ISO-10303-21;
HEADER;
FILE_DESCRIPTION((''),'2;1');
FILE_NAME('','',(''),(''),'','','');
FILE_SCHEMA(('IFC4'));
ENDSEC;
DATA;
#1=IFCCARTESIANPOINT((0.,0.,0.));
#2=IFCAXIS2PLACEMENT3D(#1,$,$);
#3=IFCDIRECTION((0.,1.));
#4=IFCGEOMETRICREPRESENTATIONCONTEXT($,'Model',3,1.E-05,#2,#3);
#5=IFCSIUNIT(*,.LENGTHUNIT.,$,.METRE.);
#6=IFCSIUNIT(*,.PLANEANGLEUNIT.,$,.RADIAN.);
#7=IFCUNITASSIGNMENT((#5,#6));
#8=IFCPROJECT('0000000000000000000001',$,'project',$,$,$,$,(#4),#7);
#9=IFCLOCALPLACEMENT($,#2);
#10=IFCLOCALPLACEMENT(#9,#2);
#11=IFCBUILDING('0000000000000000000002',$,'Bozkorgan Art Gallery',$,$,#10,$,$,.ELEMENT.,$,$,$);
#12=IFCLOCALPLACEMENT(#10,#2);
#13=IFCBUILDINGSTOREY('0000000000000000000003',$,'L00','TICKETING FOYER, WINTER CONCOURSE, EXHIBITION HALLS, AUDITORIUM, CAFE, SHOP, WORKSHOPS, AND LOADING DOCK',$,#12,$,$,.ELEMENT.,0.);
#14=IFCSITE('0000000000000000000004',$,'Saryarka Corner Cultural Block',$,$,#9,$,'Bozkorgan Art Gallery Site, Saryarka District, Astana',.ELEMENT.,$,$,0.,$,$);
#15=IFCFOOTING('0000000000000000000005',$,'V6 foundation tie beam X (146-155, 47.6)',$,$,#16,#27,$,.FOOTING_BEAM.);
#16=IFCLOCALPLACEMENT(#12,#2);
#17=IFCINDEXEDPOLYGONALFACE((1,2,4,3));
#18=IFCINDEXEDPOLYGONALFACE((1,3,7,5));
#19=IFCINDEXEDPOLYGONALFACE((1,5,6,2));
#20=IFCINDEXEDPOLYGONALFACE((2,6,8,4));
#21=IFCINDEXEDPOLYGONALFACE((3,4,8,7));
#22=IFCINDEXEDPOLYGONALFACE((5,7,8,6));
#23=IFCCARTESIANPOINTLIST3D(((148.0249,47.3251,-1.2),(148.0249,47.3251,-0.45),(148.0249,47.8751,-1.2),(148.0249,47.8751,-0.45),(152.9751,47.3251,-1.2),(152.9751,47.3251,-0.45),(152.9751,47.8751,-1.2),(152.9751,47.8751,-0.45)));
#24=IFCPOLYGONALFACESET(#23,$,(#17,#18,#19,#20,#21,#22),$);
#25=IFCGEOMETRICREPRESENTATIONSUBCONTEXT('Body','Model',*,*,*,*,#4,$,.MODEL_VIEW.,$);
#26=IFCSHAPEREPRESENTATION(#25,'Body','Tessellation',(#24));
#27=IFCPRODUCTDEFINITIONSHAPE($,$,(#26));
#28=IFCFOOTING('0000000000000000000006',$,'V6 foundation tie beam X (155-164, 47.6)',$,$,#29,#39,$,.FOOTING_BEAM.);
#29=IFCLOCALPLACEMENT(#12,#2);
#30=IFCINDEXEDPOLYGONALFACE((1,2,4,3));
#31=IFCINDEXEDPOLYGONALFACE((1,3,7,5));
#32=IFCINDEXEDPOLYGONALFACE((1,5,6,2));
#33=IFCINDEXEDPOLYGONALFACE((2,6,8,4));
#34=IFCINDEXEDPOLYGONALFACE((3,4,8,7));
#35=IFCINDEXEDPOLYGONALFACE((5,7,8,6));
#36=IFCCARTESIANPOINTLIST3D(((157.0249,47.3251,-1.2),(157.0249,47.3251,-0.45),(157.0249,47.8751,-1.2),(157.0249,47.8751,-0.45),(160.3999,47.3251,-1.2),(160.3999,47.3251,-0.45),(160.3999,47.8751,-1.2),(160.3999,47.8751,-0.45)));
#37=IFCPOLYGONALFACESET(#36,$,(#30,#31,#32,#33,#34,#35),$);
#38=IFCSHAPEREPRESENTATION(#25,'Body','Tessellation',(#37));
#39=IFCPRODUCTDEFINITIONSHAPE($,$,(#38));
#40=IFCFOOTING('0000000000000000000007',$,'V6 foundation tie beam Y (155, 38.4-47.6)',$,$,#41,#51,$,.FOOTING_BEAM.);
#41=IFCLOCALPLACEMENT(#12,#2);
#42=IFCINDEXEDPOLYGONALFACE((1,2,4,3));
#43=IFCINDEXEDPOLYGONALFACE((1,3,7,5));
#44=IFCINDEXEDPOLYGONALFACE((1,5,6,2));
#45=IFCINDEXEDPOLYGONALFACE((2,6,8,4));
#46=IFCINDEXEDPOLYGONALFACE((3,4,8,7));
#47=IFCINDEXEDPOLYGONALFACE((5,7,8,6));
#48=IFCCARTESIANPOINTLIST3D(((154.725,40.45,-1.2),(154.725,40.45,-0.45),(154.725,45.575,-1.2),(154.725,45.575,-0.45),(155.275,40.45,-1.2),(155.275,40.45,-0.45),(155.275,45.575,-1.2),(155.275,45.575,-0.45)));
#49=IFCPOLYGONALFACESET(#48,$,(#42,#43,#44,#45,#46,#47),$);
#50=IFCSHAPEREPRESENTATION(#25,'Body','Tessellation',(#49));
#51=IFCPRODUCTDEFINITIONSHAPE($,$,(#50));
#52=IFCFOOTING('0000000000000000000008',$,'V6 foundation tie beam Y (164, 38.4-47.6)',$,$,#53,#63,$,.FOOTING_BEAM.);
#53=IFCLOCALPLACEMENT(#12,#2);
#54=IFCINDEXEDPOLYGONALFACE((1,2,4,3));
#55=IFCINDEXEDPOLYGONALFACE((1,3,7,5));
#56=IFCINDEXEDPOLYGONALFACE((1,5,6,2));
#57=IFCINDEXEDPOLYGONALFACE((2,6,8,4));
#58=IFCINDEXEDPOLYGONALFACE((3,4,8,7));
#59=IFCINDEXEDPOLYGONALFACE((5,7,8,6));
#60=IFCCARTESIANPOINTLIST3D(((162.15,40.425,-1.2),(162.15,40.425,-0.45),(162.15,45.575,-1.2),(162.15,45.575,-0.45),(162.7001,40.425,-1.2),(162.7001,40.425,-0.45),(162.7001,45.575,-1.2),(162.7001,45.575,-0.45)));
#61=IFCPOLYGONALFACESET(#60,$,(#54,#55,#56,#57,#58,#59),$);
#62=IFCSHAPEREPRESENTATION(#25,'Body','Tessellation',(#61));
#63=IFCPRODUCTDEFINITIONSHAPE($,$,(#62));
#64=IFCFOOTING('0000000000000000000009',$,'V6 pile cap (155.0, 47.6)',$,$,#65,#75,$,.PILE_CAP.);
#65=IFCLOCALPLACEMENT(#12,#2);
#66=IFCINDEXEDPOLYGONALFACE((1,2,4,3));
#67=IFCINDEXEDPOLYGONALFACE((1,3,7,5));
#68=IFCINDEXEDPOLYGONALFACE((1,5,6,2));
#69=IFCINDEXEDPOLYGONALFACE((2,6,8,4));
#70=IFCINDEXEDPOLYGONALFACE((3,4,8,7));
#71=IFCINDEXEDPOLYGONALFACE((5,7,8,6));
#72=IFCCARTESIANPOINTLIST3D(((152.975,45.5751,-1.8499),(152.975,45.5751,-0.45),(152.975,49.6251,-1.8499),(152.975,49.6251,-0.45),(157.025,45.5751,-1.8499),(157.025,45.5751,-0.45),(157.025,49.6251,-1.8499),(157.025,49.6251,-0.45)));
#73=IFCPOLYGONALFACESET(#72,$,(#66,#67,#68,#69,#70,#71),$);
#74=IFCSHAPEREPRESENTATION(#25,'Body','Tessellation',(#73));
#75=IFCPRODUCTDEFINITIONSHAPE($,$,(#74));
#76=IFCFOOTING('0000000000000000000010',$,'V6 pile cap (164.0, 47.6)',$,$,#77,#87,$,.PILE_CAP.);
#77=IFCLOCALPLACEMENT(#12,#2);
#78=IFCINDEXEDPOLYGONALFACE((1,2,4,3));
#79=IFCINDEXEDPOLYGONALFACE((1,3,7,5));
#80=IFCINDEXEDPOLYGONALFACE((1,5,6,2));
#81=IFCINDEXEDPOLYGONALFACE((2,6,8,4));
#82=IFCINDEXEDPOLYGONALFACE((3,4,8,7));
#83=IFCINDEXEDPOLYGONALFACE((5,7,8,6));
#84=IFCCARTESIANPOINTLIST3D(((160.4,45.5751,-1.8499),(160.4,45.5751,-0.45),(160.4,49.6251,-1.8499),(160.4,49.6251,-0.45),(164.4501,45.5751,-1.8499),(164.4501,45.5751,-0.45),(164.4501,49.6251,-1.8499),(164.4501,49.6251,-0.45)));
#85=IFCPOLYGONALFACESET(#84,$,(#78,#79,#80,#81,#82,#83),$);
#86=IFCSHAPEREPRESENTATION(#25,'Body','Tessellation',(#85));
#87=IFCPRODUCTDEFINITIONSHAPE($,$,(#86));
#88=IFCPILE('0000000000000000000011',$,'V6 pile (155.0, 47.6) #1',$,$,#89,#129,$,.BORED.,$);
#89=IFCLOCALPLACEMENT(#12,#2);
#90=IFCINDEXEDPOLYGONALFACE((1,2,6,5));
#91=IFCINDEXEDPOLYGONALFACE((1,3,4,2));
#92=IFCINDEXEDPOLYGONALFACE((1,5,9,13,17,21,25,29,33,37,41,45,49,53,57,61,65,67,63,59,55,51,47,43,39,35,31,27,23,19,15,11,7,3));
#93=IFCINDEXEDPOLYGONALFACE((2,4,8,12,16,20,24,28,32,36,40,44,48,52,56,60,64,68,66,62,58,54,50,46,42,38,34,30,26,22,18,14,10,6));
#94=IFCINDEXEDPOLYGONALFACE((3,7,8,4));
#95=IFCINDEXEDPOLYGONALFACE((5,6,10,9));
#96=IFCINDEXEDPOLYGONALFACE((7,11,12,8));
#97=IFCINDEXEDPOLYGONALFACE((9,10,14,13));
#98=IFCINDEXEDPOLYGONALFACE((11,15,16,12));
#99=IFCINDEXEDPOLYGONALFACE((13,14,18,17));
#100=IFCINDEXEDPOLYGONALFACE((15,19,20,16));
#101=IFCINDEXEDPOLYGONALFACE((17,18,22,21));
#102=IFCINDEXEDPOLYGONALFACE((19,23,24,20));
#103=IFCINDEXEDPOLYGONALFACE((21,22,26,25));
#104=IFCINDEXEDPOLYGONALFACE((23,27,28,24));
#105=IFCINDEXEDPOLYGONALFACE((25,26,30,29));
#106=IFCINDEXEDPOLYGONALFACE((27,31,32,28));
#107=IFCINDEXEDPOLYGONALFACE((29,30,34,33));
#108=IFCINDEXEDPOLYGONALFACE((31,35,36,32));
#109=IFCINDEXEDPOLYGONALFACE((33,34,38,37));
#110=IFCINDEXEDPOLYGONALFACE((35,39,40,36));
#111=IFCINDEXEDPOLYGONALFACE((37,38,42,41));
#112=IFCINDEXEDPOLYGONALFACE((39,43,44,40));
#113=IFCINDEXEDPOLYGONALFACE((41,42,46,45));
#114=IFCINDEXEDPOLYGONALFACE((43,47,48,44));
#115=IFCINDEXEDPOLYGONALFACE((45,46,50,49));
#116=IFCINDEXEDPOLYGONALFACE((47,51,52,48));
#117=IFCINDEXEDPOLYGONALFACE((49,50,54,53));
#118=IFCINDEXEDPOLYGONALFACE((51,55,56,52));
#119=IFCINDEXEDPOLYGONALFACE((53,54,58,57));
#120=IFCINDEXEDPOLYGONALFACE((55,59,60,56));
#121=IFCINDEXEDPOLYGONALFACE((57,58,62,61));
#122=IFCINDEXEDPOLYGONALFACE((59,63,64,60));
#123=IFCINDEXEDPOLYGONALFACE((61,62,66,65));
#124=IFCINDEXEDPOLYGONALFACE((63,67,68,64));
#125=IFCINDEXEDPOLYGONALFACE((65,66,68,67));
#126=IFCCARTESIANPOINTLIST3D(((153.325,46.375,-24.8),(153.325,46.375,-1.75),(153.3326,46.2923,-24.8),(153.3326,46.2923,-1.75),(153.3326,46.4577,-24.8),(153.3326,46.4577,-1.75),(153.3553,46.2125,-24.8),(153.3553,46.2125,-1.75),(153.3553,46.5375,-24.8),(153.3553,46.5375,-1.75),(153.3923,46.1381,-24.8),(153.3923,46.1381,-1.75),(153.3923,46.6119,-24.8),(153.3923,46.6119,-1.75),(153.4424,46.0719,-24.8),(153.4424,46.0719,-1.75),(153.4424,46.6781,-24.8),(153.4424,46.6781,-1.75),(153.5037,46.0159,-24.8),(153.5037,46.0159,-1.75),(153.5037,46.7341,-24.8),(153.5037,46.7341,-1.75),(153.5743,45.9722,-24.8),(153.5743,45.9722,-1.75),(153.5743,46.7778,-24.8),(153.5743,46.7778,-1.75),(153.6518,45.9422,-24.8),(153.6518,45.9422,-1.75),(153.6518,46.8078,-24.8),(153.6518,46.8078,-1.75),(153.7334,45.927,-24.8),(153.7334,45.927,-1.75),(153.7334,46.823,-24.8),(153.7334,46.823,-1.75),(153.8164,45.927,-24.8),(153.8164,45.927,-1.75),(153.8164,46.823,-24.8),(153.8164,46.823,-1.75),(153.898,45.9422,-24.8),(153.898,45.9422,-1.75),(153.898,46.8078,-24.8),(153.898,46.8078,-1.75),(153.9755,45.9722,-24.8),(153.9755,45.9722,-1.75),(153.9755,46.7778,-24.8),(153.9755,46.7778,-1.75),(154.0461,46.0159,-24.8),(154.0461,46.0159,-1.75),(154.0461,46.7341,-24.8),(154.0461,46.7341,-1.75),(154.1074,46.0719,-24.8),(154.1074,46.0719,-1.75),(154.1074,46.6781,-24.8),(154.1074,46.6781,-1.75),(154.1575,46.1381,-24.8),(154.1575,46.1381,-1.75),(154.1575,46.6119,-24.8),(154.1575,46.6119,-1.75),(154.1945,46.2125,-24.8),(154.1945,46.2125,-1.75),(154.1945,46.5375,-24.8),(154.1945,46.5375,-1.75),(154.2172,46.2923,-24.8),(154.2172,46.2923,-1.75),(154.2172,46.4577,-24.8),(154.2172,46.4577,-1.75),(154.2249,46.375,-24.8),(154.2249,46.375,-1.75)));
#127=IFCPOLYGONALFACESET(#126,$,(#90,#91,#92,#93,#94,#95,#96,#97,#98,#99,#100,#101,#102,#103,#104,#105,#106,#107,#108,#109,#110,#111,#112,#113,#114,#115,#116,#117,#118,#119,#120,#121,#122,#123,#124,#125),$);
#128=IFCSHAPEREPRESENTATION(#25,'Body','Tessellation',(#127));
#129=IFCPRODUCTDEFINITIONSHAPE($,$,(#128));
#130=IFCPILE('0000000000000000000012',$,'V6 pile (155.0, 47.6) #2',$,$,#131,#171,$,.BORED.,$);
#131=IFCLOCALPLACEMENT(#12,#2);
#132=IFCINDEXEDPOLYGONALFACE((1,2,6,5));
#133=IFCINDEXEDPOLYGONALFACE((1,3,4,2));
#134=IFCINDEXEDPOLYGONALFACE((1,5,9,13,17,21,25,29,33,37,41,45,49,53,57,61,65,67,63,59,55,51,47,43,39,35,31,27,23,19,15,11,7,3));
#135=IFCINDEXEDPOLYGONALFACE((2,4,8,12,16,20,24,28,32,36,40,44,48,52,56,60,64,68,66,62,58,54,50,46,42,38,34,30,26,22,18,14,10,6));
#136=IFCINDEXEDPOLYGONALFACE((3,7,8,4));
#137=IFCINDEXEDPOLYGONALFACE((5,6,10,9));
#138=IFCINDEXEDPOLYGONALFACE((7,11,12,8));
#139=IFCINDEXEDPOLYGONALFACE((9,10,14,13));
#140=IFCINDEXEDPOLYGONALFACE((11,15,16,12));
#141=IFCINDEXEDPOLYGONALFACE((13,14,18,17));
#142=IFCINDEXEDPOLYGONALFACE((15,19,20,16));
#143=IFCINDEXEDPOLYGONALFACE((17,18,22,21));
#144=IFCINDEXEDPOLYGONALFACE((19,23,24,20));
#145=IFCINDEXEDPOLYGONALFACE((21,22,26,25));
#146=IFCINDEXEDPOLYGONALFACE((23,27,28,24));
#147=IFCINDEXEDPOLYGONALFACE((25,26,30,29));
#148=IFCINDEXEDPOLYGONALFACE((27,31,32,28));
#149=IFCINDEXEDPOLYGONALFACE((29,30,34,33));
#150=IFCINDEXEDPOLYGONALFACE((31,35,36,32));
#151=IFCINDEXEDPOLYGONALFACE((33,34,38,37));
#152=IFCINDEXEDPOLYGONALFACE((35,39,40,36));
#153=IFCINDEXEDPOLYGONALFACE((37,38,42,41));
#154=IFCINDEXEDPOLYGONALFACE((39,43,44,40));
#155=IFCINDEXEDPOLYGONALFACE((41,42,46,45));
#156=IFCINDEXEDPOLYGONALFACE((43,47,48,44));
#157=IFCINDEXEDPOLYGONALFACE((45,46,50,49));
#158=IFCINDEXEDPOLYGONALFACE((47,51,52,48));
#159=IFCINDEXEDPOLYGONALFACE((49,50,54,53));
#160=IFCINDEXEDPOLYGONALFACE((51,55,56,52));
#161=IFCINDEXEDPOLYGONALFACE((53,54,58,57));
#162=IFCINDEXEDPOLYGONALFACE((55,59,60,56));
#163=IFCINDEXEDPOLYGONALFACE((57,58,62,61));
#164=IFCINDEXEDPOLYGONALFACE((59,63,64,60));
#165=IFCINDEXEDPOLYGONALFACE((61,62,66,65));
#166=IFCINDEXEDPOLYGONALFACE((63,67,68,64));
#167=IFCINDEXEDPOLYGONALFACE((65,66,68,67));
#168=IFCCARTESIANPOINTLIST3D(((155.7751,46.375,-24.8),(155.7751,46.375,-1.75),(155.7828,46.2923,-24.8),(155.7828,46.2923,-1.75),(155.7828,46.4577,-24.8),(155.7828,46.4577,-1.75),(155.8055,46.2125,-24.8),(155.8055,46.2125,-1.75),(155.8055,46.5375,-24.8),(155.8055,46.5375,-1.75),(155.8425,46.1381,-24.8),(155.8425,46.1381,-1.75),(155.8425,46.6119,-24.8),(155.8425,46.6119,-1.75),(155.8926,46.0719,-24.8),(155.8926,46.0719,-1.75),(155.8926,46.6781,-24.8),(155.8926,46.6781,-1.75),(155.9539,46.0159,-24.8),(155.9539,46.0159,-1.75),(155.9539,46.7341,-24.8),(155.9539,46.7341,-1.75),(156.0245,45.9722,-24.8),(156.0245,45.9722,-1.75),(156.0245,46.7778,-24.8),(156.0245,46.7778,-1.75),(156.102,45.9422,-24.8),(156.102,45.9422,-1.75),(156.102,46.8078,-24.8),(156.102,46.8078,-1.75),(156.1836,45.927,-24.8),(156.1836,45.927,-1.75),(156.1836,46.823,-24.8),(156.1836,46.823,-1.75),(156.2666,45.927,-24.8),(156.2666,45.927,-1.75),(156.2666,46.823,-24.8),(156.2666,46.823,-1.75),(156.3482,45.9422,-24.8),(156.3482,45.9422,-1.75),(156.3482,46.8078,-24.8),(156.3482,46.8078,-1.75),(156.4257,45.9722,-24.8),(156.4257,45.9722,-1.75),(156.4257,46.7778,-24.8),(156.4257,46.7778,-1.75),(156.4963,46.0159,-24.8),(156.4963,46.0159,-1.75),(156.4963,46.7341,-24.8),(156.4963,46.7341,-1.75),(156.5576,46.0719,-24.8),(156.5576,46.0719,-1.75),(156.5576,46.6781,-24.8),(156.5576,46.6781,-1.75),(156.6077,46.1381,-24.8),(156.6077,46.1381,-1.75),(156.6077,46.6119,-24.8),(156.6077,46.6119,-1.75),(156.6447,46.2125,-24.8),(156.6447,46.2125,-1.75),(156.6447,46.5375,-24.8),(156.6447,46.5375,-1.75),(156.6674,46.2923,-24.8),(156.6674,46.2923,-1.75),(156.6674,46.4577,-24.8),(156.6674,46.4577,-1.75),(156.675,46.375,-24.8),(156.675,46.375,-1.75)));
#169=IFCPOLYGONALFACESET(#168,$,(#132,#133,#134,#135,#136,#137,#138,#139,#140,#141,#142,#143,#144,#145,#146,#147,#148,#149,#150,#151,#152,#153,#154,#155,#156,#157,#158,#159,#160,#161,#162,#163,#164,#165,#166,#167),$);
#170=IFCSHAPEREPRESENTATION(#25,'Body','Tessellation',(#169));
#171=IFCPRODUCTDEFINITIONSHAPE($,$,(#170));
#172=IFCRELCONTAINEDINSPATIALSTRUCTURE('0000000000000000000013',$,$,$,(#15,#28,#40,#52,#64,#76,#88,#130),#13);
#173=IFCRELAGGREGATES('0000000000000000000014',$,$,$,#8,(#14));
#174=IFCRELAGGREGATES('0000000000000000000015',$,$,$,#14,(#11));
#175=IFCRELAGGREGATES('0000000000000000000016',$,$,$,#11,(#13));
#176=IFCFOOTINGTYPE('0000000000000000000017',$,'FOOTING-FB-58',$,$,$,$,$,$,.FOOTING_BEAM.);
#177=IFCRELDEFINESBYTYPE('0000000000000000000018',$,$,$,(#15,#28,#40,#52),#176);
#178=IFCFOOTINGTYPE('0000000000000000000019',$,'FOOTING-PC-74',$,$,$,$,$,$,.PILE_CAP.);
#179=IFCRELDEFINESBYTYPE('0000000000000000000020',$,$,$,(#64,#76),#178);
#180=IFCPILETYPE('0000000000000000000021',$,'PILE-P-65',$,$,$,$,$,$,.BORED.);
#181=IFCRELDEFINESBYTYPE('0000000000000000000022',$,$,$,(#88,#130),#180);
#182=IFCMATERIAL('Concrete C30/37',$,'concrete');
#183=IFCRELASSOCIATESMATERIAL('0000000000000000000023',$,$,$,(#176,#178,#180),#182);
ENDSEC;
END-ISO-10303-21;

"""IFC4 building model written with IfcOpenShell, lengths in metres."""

from ifc_helpers import new_model, si_unit, direction, frame, origin, origin_2d, place, context, subcontext, project, spatial, rectangle, circle, extrude, material, material_profile, profile_set, type_object, element, save


model = new_model("IFC4")

# Units and contexts
model_context = context("Model", 3, precision=1e-05, world=origin(), true_north=direction((0.0, 1.0)))
body_context = subcontext(model_context, "Body", "Model", "MODEL_VIEW")
ifc_project = project(units=[si_unit("LENGTHUNIT", "METRE"), si_unit("PLANEANGLEUNIT", "RADIAN")], contexts=[model_context])

# Site, building, storey
site_placement = place(None, origin())
site = spatial("IfcSite", under=ifc_project, at=site_placement, Name="Saryarka Corner Cultural Block", LongName="Bozkorgan Art Gallery Site, Saryarka District, Astana", CompositionType="ELEMENT", RefElevation=0.0)
building_placement = place(site_placement, origin())
building = spatial("IfcBuilding", under=site, at=building_placement, Name="Bozkorgan Art Gallery", CompositionType="ELEMENT")
storey_placement = place(building_placement, origin())
storey = spatial("IfcBuildingStorey", under=building, at=storey_placement, Name="L00", Description="TICKETING FOYER, WINTER CONCOURSE, EXHIBITION HALLS, AUDITORIUM, CAFE, SHOP, WORKSHOPS, AND LOADING DOCK", CompositionType="ELEMENT", Elevation=0.0)

# Footings
ifc_material_1 = material(Name="Concrete C30/37", Category="concrete")
ifc_material_profile_1 = material_profile(ifc_material_1, rectangle(XDim=0.55, YDim=0.75, at=origin_2d()), Name="FND 550x750")
ifc_profile_set_1 = profile_set([ifc_material_profile_1], Name="Concrete C30/37")
footing_type_1 = type_object("IfcFootingType", Name="FOOTING-FB-58", PredefinedType="FOOTING_BEAM", material=ifc_profile_set_1)
footing_1_placement = place(storey_placement, frame((148.0249, 47.6001, -0.825), z_axis=(1.0, 0.0, 0.0), x_axis=(0.0, 1.0, 0.0)))
element("IfcFooting", 1, at=footing_1_placement, inside=storey, type_object=footing_type_1, Name="V6 foundation tie beam X (146-155, 47.6)", PredefinedType="FOOTING_BEAM", context=body_context, shape_type="SweptSolid", body=[
    extrude(rectangle(XDim=0.55, YDim=0.75, at=origin_2d()), origin(), (0.0, 0.0, 1.0), 4.9502),
])
footing_2_placement = place(storey_placement, frame((157.0249, 47.6001, -0.825), z_axis=(1.0, 0.0, 0.0), x_axis=(0.0, 1.0, 0.0)))
element("IfcFooting", 2, at=footing_2_placement, inside=storey, type_object=footing_type_1, Name="V6 foundation tie beam X (155-164, 47.6)", PredefinedType="FOOTING_BEAM", context=body_context, shape_type="SweptSolid", body=[
    extrude(rectangle(XDim=0.55, YDim=0.75, at=origin_2d()), origin(), (0.0, 0.0, 1.0), 3.375),
])
footing_3_placement = place(storey_placement, frame((155.0, 40.45, -0.825), z_axis=(0.0, 1.0, 0.0), x_axis=(-1.0, 0.0, 0.0)))
element("IfcFooting", 3, at=footing_3_placement, inside=storey, type_object=footing_type_1, Name="V6 foundation tie beam Y (155, 38.4-47.6)", PredefinedType="FOOTING_BEAM", context=body_context, shape_type="SweptSolid", body=[
    extrude(rectangle(XDim=0.55, YDim=0.75, at=origin_2d()), origin(), (0.0, 0.0, 1.0), 5.125),
])
footing_4_placement = place(storey_placement, frame((162.425, 40.425, -0.825), z_axis=(0.0, 1.0, 0.0), x_axis=(-1.0, 0.0, 0.0)))
element("IfcFooting", 4, at=footing_4_placement, inside=storey, type_object=footing_type_1, Name="V6 foundation tie beam Y (164, 38.4-47.6)", PredefinedType="FOOTING_BEAM", context=body_context, shape_type="SweptSolid", body=[
    extrude(rectangle(XDim=0.55, YDim=0.75, at=origin_2d()), origin(), (0.0, 0.0, 1.0), 5.1499),
])
footing_type_2 = type_object("IfcFootingType", Name="FOOTING-PC-74", PredefinedType="PILE_CAP", material=ifc_material_1)
for number, where, z_axis, x_axis, name in (
    (5, (155.0, 47.6001, -1.8499), (0.0, 0.0, 1.0), (1.0, 0.0, 0.0), "V6 pile cap (155.0, 47.6)"),
    (6, (162.425, 47.6001, -1.8499), (0.0, 0.0, 1.0), (1.0, 0.0, 0.0), "V6 pile cap (164.0, 47.6)"),
):
    element("IfcFooting", number, at=place(storey_placement, frame(where, z_axis=z_axis, x_axis=x_axis)), inside=storey, type_object=footing_type_2, Name=name, PredefinedType="PILE_CAP", context=body_context, shape_type="SweptSolid", body=[
        extrude(rectangle(XDim=4.05, YDim=4.05, at=origin_2d()), origin(), (0.0, 0.0, 1.0), 1.3999),
    ])

# Piles
ifc_material_profile_2 = material_profile(ifc_material_1, circle(Radius=0.45, at=origin_2d()), Name="PILE D900")
ifc_profile_set_2 = profile_set([ifc_material_profile_2], Name="Concrete C30/37")
pile_type = type_object("IfcPileType", Name="PILE-P-65", PredefinedType="BORED", material=ifc_profile_set_2)
for number, where, z_axis, x_axis, name in (
    (7, (153.7749, 46.375, -1.75), (0.0, 0.0, -1.0), (1.0, 0.0, 0.0), "V6 pile (155.0, 47.6) #1"),
    (8, (156.2251, 46.375, -1.75), (0.0, 0.0, -1.0), (1.0, 0.0, 0.0), "V6 pile (155.0, 47.6) #2"),
):
    element("IfcPile", number, at=place(storey_placement, frame(where, z_axis=z_axis, x_axis=x_axis)), inside=storey, type_object=pile_type, Name=name, PredefinedType="BORED", context=body_context, shape_type="SweptSolid", body=[
        extrude(circle(Radius=0.45, at=origin_2d()), origin(), (0.0, 0.0, 1.0), 23.05),
    ])

save(model, "model.ifc")
